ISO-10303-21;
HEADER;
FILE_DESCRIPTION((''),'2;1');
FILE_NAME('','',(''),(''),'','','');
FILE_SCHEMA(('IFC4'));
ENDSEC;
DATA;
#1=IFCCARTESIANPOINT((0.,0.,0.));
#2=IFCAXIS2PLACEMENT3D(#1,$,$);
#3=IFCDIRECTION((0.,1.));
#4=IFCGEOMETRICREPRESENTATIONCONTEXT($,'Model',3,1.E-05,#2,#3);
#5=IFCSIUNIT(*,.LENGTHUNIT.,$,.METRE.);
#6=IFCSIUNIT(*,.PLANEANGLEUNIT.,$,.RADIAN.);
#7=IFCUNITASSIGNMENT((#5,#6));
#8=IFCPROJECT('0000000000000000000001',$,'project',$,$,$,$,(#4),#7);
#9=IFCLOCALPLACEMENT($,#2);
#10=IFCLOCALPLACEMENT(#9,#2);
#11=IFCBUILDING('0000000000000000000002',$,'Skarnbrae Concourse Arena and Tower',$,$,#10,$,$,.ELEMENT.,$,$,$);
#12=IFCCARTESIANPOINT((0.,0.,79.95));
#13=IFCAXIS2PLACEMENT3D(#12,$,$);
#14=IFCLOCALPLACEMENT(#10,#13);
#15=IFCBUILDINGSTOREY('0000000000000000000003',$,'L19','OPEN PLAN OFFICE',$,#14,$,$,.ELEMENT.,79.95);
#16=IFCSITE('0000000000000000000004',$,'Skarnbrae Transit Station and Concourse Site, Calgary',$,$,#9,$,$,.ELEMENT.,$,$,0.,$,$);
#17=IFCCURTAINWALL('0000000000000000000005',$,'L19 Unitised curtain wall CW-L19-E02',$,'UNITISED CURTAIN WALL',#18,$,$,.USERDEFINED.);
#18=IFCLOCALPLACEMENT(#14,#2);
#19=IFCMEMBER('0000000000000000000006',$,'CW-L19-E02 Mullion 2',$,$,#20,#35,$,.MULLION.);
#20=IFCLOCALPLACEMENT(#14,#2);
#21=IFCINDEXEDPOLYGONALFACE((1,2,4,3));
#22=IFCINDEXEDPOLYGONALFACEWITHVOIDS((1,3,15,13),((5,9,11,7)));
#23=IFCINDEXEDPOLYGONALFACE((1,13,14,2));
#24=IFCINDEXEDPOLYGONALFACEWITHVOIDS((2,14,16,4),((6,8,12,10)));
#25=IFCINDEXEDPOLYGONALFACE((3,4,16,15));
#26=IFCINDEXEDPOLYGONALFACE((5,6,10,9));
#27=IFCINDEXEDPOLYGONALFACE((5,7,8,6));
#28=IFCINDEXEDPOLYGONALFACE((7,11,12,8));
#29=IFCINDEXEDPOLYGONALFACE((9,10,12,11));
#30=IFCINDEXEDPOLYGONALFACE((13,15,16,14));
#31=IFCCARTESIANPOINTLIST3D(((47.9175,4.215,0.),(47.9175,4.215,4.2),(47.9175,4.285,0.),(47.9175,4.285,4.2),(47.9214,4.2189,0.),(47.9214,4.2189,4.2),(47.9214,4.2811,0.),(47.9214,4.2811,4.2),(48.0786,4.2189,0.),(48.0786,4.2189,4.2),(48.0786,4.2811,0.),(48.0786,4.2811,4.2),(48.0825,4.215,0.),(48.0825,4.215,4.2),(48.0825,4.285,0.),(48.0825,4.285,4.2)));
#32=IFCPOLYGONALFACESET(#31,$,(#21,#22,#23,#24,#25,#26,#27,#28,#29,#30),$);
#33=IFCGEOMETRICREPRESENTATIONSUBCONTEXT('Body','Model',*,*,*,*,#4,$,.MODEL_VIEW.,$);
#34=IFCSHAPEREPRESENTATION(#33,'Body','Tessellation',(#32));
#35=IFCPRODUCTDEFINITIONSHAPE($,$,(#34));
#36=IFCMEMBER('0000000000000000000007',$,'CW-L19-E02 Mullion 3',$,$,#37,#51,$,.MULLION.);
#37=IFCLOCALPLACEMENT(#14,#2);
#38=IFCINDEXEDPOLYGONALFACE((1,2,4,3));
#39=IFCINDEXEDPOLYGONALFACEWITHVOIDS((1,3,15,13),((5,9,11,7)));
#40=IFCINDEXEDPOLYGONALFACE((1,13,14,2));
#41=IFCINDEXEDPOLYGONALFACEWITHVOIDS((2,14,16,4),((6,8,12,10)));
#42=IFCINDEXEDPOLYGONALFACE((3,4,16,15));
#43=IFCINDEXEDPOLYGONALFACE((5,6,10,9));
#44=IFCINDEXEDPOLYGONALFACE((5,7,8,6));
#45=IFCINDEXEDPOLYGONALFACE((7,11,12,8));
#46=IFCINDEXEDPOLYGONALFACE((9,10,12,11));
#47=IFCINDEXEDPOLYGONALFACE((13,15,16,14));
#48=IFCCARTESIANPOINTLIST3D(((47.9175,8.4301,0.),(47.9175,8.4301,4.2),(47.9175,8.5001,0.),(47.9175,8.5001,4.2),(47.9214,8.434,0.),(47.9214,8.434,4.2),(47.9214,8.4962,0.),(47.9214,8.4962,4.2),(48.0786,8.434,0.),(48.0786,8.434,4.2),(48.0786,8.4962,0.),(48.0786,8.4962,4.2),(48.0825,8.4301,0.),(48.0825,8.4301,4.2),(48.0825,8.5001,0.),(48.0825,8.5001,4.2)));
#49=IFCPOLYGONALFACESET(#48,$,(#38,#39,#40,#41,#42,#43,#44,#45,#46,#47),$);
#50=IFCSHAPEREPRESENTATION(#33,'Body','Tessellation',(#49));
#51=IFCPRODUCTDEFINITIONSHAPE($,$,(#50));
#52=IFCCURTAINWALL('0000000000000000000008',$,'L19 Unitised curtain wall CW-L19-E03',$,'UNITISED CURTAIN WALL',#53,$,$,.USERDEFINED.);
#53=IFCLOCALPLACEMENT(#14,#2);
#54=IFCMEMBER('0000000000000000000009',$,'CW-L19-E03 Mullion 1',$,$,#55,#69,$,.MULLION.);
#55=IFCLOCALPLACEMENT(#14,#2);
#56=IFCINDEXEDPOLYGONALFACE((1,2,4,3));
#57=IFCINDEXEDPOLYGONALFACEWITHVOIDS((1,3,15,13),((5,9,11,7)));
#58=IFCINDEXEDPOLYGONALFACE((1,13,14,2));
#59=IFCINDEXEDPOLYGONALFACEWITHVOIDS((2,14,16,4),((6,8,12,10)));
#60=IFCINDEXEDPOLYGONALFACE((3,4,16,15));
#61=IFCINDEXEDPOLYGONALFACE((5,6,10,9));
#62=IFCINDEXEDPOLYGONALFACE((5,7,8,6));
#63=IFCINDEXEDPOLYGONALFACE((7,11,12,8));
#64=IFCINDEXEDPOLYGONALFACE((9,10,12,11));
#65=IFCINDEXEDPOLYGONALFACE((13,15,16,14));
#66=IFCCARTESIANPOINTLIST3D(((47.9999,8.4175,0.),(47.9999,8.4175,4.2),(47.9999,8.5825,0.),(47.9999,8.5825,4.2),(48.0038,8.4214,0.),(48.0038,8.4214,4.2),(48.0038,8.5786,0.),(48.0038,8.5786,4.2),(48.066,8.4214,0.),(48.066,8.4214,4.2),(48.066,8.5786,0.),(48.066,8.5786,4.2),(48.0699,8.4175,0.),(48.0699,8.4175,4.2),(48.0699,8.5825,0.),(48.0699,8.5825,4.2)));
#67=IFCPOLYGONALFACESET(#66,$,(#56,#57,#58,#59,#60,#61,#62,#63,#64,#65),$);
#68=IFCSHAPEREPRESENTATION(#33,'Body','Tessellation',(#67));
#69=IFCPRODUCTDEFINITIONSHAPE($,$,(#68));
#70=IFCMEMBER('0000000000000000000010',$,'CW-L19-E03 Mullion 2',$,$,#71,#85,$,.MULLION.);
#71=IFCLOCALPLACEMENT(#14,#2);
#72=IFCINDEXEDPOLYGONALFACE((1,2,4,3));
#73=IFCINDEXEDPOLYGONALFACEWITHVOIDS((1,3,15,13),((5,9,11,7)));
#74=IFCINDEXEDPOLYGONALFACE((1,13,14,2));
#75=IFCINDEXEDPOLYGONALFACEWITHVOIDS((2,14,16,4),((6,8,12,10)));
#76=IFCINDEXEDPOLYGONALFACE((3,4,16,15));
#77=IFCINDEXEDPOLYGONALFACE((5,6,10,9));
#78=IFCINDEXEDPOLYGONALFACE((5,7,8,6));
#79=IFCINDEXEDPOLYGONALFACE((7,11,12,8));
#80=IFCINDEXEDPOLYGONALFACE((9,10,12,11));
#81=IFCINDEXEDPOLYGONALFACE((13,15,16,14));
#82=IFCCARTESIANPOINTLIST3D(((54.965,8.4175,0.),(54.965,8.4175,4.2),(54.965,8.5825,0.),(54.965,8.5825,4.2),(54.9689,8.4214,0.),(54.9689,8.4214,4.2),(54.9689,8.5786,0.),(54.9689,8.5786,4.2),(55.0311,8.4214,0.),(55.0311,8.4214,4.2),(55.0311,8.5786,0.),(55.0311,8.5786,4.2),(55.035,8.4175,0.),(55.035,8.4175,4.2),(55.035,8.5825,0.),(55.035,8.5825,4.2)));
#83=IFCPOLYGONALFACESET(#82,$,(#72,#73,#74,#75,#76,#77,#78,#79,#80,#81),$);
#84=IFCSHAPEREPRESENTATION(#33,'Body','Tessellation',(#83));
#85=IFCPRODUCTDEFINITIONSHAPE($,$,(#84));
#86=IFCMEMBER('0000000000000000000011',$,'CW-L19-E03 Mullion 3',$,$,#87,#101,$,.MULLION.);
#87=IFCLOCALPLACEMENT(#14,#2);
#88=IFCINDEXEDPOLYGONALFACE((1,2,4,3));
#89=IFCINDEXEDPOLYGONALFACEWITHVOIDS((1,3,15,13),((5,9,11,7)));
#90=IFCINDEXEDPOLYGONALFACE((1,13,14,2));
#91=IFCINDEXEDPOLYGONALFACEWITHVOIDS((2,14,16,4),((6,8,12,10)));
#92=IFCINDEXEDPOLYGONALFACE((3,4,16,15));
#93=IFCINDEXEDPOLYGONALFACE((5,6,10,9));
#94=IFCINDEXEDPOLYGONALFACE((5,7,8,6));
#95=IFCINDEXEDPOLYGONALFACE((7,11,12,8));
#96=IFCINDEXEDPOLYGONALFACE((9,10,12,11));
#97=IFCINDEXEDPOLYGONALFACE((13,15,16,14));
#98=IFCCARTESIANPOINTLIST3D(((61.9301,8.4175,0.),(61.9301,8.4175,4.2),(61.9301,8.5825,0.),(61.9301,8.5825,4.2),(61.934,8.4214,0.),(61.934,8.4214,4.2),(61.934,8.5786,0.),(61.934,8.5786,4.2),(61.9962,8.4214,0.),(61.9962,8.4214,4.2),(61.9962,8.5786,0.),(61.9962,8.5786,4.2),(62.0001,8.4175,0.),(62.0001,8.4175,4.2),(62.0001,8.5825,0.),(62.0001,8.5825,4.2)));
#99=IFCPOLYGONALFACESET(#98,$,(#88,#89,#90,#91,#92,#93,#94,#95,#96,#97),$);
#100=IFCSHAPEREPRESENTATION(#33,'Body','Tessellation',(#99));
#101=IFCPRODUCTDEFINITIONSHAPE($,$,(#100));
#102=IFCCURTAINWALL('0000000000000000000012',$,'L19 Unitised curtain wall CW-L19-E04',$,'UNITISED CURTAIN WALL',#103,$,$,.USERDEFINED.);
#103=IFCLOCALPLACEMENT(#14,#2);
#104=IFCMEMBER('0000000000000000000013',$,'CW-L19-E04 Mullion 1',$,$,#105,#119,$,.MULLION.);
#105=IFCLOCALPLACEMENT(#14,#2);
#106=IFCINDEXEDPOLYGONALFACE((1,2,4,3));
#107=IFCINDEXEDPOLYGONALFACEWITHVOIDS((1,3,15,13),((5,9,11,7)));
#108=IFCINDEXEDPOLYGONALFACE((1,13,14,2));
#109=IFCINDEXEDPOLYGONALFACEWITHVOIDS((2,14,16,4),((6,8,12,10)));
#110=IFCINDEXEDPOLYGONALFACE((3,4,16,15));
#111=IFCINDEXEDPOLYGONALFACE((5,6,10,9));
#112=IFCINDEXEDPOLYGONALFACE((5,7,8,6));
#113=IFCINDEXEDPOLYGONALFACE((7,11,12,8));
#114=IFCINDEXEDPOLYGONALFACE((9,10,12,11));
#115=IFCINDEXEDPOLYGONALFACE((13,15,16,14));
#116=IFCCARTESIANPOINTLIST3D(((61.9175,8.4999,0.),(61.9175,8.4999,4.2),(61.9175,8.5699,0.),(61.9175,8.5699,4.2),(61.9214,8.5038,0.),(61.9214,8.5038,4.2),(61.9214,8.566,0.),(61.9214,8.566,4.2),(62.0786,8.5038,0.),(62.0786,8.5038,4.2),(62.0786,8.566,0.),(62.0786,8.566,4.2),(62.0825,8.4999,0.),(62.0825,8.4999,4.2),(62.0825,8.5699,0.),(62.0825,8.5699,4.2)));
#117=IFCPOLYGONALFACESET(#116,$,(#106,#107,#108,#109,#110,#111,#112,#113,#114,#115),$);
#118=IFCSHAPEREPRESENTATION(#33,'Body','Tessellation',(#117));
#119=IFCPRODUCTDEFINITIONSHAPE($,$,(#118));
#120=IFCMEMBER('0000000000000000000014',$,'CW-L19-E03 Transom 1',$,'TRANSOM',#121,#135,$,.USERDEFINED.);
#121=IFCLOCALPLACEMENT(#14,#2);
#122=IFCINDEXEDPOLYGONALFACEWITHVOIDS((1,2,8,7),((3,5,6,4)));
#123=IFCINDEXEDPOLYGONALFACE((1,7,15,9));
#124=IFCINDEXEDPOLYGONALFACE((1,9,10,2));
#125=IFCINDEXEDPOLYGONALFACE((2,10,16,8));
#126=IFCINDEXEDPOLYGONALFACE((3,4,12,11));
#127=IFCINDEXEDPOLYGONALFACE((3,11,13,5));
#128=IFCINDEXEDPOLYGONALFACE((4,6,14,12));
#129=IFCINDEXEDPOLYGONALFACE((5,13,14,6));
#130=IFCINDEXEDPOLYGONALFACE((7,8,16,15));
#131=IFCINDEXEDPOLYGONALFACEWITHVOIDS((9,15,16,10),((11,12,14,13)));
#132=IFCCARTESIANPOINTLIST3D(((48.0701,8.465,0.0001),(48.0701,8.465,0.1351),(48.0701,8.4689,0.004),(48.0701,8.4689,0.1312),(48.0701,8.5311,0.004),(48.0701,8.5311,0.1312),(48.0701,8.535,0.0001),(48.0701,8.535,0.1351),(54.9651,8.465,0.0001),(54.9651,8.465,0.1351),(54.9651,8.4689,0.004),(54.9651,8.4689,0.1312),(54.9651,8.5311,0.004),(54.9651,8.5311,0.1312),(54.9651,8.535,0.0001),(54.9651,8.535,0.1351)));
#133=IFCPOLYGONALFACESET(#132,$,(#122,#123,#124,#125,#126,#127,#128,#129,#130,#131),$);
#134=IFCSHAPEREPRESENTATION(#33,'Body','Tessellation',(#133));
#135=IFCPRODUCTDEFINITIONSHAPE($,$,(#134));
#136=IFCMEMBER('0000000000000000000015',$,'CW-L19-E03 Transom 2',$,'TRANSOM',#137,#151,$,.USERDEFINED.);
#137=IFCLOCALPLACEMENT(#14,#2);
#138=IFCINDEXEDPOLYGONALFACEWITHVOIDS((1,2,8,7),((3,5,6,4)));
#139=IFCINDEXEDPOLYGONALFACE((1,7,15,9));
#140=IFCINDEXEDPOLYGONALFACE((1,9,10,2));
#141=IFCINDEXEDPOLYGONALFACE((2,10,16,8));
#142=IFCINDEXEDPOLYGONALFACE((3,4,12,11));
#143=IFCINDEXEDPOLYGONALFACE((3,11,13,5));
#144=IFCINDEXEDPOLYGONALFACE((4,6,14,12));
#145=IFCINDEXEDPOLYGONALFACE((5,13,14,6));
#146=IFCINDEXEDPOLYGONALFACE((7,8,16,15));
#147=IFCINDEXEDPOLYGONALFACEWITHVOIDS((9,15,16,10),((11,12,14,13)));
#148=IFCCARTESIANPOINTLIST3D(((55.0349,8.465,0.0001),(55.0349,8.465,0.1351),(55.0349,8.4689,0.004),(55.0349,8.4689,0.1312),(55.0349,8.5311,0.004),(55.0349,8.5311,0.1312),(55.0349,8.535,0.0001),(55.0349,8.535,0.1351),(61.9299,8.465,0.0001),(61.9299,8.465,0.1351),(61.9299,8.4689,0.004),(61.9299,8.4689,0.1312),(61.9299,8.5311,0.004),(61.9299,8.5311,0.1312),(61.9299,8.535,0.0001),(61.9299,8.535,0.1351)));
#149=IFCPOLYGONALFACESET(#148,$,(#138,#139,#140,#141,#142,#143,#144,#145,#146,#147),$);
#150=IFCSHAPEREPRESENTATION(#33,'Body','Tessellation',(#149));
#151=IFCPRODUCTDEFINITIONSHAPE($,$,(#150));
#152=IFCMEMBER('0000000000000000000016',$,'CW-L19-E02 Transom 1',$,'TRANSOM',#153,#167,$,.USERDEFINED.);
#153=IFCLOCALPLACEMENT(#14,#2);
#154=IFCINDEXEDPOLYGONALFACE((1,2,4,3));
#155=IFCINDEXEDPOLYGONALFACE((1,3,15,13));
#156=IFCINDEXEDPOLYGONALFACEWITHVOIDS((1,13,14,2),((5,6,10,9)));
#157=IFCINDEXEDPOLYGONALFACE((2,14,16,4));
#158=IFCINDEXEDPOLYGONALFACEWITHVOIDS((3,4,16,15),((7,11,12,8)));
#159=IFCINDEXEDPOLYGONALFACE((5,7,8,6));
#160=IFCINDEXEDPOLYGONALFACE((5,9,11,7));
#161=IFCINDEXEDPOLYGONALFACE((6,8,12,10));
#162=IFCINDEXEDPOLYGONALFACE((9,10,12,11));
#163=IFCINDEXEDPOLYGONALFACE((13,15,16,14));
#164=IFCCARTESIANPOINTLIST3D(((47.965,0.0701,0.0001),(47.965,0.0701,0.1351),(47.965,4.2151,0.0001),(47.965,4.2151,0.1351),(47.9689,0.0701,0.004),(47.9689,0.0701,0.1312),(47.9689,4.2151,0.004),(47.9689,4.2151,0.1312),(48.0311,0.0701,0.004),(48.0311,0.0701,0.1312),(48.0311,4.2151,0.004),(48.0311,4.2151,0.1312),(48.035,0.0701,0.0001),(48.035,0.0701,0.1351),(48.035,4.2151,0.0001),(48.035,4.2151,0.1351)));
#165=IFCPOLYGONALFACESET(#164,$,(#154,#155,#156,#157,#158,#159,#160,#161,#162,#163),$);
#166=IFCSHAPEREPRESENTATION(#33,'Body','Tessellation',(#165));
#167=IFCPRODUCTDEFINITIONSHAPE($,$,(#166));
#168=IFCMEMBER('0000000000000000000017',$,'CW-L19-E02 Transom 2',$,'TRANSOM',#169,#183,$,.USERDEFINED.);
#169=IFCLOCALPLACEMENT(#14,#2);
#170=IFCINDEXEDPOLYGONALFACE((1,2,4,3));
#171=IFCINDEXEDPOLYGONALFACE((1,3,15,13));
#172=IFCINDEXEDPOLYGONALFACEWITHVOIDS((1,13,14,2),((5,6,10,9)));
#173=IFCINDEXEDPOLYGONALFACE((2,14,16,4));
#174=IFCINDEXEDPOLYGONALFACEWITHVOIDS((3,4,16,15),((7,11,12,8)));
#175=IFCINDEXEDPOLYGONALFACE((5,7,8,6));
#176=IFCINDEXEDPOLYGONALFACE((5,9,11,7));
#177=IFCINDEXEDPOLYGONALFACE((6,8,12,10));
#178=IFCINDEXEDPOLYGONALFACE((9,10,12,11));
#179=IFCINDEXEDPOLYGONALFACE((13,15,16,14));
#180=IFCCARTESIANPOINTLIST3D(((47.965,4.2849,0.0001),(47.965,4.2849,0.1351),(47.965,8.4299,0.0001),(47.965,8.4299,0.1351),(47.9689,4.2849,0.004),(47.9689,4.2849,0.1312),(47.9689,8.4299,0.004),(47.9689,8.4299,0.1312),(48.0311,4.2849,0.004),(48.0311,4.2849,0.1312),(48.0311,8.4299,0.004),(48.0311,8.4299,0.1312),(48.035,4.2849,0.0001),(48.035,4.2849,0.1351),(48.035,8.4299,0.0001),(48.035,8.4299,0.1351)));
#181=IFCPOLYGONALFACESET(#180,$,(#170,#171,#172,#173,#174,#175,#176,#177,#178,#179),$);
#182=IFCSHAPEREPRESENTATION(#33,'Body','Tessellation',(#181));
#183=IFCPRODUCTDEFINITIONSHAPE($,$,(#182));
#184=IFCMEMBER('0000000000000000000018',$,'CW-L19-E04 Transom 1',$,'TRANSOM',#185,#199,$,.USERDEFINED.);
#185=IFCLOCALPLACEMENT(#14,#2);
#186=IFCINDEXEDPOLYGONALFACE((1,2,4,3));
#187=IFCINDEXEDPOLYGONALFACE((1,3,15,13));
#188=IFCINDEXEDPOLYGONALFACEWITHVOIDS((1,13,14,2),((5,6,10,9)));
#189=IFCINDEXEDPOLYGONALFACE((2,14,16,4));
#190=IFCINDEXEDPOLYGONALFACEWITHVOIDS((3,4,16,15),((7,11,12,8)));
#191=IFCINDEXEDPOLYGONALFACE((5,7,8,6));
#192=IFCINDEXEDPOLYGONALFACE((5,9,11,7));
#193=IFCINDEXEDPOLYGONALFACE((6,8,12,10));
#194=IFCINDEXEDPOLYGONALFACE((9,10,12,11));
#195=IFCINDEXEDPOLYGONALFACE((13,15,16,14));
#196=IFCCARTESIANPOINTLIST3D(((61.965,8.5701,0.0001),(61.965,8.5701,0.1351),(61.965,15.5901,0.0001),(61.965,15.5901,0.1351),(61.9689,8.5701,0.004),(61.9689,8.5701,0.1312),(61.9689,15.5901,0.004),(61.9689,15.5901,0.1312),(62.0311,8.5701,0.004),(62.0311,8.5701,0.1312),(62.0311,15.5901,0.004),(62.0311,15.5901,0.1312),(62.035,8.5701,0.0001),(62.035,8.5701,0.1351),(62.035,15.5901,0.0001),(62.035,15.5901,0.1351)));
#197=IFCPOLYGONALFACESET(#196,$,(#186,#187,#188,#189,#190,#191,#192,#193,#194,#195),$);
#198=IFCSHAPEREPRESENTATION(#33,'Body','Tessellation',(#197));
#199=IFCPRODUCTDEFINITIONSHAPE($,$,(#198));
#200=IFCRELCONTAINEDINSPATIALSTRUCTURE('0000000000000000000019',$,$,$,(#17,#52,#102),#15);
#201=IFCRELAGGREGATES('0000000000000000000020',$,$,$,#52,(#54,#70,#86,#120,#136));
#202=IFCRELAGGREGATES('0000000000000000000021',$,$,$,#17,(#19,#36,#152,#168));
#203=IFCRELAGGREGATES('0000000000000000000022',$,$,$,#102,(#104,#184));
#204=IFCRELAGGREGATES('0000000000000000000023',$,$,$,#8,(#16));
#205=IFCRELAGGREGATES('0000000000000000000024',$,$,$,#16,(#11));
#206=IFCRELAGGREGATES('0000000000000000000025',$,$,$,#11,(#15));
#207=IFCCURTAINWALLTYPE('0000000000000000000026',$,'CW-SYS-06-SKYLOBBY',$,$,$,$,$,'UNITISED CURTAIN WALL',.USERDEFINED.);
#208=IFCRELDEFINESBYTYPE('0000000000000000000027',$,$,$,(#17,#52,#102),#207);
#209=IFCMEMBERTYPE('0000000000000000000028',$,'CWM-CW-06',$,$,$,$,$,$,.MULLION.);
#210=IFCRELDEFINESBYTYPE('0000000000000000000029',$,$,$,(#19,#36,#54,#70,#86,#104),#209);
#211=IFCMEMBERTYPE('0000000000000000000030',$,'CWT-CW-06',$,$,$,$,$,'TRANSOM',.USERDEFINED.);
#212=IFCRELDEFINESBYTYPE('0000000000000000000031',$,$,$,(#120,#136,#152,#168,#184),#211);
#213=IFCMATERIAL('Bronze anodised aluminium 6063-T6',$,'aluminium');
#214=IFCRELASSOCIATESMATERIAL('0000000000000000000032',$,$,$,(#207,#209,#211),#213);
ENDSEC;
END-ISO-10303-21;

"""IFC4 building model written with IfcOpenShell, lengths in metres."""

from ifc_helpers import new_model, si_unit, direction, frame, origin, origin_2d, place, context, subcontext, project, spatial, hollow_rectangle, extrude, source, transform, mapped, material, material_profile, profile_set, type_object, element, aggregate, save


model = new_model("IFC4")

# Units and contexts
model_context = context("Model", 3, precision=1e-05, world=origin(), true_north=direction((0.0, 1.0)))
body_context = subcontext(model_context, "Body", "Model", "MODEL_VIEW")
ifc_project = project(units=[si_unit("LENGTHUNIT", "METRE"), si_unit("PLANEANGLEUNIT", "RADIAN")], contexts=[model_context])

# Site, building, storey
site_placement = place(None, origin())
site = spatial("IfcSite", under=ifc_project, at=site_placement, Name="Skarnbrae Transit Station and Concourse Site, Calgary", CompositionType="ELEMENT", RefElevation=0.0)
building_placement = place(site_placement, origin())
building = spatial("IfcBuilding", under=site, at=building_placement, Name="Skarnbrae Concourse Arena and Tower", CompositionType="ELEMENT")
storey_placement = place(building_placement, frame((0.0, 0.0, 79.95)))
storey = spatial("IfcBuildingStorey", under=building, at=storey_placement, Name="L19", Description="OPEN PLAN OFFICE", CompositionType="ELEMENT", Elevation=79.95)

# Shared definitions
ifc_material_1 = material(Name="Bronze anodised aluminium 6063-T6", Category="aluminium")
curtain_wall_type = type_object("IfcCurtainWallType", Name="CW-SYS-06-SKYLOBBY", ElementType="UNITISED CURTAIN WALL", PredefinedType="USERDEFINED", material=ifc_material_1)
ifc_material_profile_1 = material_profile(ifc_material_1, hollow_rectangle(XDim=0.0701, YDim=0.165, WallThickness=0.0039, at=origin_2d()), Name="ALU-MULL-70X165")
ifc_profile_set_1 = profile_set([ifc_material_profile_1], Name="Bronze anodised aluminium 6063-T6")
member_type_1 = type_object("IfcMemberType", Name="CWM-CW-06", PredefinedType="MULLION", material=ifc_profile_set_1)
shared_shape_1 = source(origin(), body_context, "Body", "SweptSolid", [
    extrude(hollow_rectangle(XDim=0.0701, YDim=0.165, WallThickness=0.0039, at=origin_2d()), origin(), (0.0, 0.0, 1.0), 4.2),
])

# Curtain walls, members
curtain_wall_1_placement = place(storey_placement, origin())
curtain_wall_1 = element("IfcCurtainWall", 1, at=curtain_wall_1_placement, inside=storey, type_object=curtain_wall_type, Name="L19 Unitised curtain wall CW-L19-E02", ObjectType="UNITISED CURTAIN WALL", PredefinedType="USERDEFINED")
member_1_placement = place(storey_placement, frame((48.0, 4.25, 0.0), z_axis=(0.0, 0.0, 1.0), x_axis=(0.0, 1.0, 0.0)))
member_1 = element("IfcMember", 2, at=member_1_placement, type_object=member_type_1, Name="CW-L19-E02 Mullion 2", PredefinedType="MULLION", context=body_context, shape_type="MappedRepresentation", body=[
    mapped(shared_shape_1, transform((0.0, 0.0, 0.0))),
])
member_2_placement = place(storey_placement, frame((48.0, 8.4651, 0.0), z_axis=(0.0, 0.0, 1.0), x_axis=(0.0, 1.0, 0.0)))
member_2 = element("IfcMember", 3, at=member_2_placement, type_object=member_type_1, Name="CW-L19-E02 Mullion 3", PredefinedType="MULLION", context=body_context, shape_type="MappedRepresentation", body=[
    mapped(shared_shape_1, transform((0.0, 0.0, 0.0))),
])
curtain_wall_2_placement = place(storey_placement, origin())
curtain_wall_2 = element("IfcCurtainWall", 4, at=curtain_wall_2_placement, inside=storey, type_object=curtain_wall_type, Name="L19 Unitised curtain wall CW-L19-E03", ObjectType="UNITISED CURTAIN WALL", PredefinedType="USERDEFINED")
member_3_placement = place(storey_placement, frame((48.0349, 8.5, 0.0), z_axis=(0.0, 0.0, 1.0), x_axis=(1.0, 0.0, 0.0)))
member_3 = element("IfcMember", 5, at=member_3_placement, type_object=member_type_1, Name="CW-L19-E03 Mullion 1", PredefinedType="MULLION", context=body_context, shape_type="MappedRepresentation", body=[
    mapped(shared_shape_1, transform((0.0, 0.0, 0.0))),
])
member_4_placement = place(storey_placement, frame((55.0, 8.5, 0.0), z_axis=(0.0, 0.0, 1.0), x_axis=(1.0, 0.0, 0.0)))
member_4 = element("IfcMember", 6, at=member_4_placement, type_object=member_type_1, Name="CW-L19-E03 Mullion 2", PredefinedType="MULLION", context=body_context, shape_type="MappedRepresentation", body=[
    mapped(shared_shape_1, transform((0.0, 0.0, 0.0))),
])
member_5_placement = place(storey_placement, frame((61.9651, 8.5, 0.0), z_axis=(0.0, 0.0, 1.0), x_axis=(1.0, 0.0, 0.0)))
member_5 = element("IfcMember", 7, at=member_5_placement, type_object=member_type_1, Name="CW-L19-E03 Mullion 3", PredefinedType="MULLION", context=body_context, shape_type="MappedRepresentation", body=[
    mapped(shared_shape_1, transform((0.0, 0.0, 0.0))),
])

# Curtain wall, member
curtain_wall_3_placement = place(storey_placement, origin())
curtain_wall_3 = element("IfcCurtainWall", 8, at=curtain_wall_3_placement, inside=storey, type_object=curtain_wall_type, Name="L19 Unitised curtain wall CW-L19-E04", ObjectType="UNITISED CURTAIN WALL", PredefinedType="USERDEFINED")
member_6_placement = place(storey_placement, frame((62.0, 8.5349, 0.0), z_axis=(0.0, 0.0, 1.0), x_axis=(0.0, 1.0, 0.0)))
member_6 = element("IfcMember", 9, at=member_6_placement, type_object=member_type_1, Name="CW-L19-E04 Mullion 1", PredefinedType="MULLION", context=body_context, shape_type="MappedRepresentation", body=[
    mapped(shared_shape_1, transform((0.0, 0.0, 0.0))),
])

# Members
ifc_material_profile_2 = material_profile(ifc_material_1, hollow_rectangle(XDim=0.0701, YDim=0.135, WallThickness=0.0039, at=origin_2d()), Name="ALU-TRAN-70X135")
ifc_profile_set_2 = profile_set([ifc_material_profile_2], Name="Bronze anodised aluminium 6063-T6")
member_type_2 = type_object("IfcMemberType", Name="CWT-CW-06", ElementType="TRANSOM", PredefinedType="USERDEFINED", material=ifc_profile_set_2)
shared_shape_2 = source(origin(), body_context, "Body", "SweptSolid", [
    extrude(hollow_rectangle(XDim=0.0701, YDim=0.135, WallThickness=0.0039, at=origin_2d()), origin(), (0.0, 0.0, 1.0), 6.895),
])
member_7_placement = place(storey_placement, frame((48.0701, 8.5, 0.0676), z_axis=(1.0, 0.0, 0.0), x_axis=(0.0, 1.0, 0.0)))
member_7 = element("IfcMember", 10, at=member_7_placement, type_object=member_type_2, Name="CW-L19-E03 Transom 1", ObjectType="TRANSOM", PredefinedType="USERDEFINED", context=body_context, shape_type="MappedRepresentation", body=[
    mapped(shared_shape_2, transform((0.0, 0.0, 0.0))),
])
member_8_placement = place(storey_placement, frame((55.0349, 8.5, 0.0676), z_axis=(1.0, 0.0, 0.0), x_axis=(0.0, 1.0, 0.0)))
member_8 = element("IfcMember", 11, at=member_8_placement, type_object=member_type_2, Name="CW-L19-E03 Transom 2", ObjectType="TRANSOM", PredefinedType="USERDEFINED", context=body_context, shape_type="MappedRepresentation", body=[
    mapped(shared_shape_2, transform((0.0, 0.0, 0.0))),
])
shared_shape_3 = source(origin(), body_context, "Body", "SweptSolid", [
    extrude(hollow_rectangle(XDim=0.0701, YDim=0.135, WallThickness=0.0039, at=origin_2d()), origin(), (0.0, 0.0, 1.0), 4.145),
])
member_9_placement = place(storey_placement, frame((48.0, 0.0701, 0.0676), z_axis=(0.0, 1.0, 0.0), x_axis=(-1.0, 0.0, 0.0)))
member_9 = element("IfcMember", 12, at=member_9_placement, type_object=member_type_2, Name="CW-L19-E02 Transom 1", ObjectType="TRANSOM", PredefinedType="USERDEFINED", context=body_context, shape_type="MappedRepresentation", body=[
    mapped(shared_shape_3, transform((0.0, 0.0, 0.0))),
])
member_10_placement = place(storey_placement, frame((48.0, 4.2849, 0.0676), z_axis=(0.0, 1.0, 0.0), x_axis=(-1.0, 0.0, 0.0)))
member_10 = element("IfcMember", 13, at=member_10_placement, type_object=member_type_2, Name="CW-L19-E02 Transom 2", ObjectType="TRANSOM", PredefinedType="USERDEFINED", context=body_context, shape_type="MappedRepresentation", body=[
    mapped(shared_shape_3, transform((0.0, 0.0, 0.0))),
])
shared_shape_4 = source(origin(), body_context, "Body", "SweptSolid", [
    extrude(hollow_rectangle(XDim=0.0701, YDim=0.135, WallThickness=0.0039, at=origin_2d()), origin(), (0.0, 0.0, 1.0), 7.02),
])
member_11_placement = place(storey_placement, frame((62.0, 8.5701, 0.0676), z_axis=(0.0, 1.0, 0.0), x_axis=(-1.0, 0.0, 0.0)))
member_11 = element("IfcMember", 14, at=member_11_placement, type_object=member_type_2, Name="CW-L19-E04 Transom 1", ObjectType="TRANSOM", PredefinedType="USERDEFINED", context=body_context, shape_type="MappedRepresentation", body=[
    mapped(shared_shape_4, transform((0.0, 0.0, 0.0))),
])

aggregate(curtain_wall_2, [member_3, member_4, member_5, member_7, member_8])
aggregate(curtain_wall_1, [member_1, member_2, member_9, member_10])
aggregate(curtain_wall_3, [member_6, member_11])

save(model, "model.ifc")
